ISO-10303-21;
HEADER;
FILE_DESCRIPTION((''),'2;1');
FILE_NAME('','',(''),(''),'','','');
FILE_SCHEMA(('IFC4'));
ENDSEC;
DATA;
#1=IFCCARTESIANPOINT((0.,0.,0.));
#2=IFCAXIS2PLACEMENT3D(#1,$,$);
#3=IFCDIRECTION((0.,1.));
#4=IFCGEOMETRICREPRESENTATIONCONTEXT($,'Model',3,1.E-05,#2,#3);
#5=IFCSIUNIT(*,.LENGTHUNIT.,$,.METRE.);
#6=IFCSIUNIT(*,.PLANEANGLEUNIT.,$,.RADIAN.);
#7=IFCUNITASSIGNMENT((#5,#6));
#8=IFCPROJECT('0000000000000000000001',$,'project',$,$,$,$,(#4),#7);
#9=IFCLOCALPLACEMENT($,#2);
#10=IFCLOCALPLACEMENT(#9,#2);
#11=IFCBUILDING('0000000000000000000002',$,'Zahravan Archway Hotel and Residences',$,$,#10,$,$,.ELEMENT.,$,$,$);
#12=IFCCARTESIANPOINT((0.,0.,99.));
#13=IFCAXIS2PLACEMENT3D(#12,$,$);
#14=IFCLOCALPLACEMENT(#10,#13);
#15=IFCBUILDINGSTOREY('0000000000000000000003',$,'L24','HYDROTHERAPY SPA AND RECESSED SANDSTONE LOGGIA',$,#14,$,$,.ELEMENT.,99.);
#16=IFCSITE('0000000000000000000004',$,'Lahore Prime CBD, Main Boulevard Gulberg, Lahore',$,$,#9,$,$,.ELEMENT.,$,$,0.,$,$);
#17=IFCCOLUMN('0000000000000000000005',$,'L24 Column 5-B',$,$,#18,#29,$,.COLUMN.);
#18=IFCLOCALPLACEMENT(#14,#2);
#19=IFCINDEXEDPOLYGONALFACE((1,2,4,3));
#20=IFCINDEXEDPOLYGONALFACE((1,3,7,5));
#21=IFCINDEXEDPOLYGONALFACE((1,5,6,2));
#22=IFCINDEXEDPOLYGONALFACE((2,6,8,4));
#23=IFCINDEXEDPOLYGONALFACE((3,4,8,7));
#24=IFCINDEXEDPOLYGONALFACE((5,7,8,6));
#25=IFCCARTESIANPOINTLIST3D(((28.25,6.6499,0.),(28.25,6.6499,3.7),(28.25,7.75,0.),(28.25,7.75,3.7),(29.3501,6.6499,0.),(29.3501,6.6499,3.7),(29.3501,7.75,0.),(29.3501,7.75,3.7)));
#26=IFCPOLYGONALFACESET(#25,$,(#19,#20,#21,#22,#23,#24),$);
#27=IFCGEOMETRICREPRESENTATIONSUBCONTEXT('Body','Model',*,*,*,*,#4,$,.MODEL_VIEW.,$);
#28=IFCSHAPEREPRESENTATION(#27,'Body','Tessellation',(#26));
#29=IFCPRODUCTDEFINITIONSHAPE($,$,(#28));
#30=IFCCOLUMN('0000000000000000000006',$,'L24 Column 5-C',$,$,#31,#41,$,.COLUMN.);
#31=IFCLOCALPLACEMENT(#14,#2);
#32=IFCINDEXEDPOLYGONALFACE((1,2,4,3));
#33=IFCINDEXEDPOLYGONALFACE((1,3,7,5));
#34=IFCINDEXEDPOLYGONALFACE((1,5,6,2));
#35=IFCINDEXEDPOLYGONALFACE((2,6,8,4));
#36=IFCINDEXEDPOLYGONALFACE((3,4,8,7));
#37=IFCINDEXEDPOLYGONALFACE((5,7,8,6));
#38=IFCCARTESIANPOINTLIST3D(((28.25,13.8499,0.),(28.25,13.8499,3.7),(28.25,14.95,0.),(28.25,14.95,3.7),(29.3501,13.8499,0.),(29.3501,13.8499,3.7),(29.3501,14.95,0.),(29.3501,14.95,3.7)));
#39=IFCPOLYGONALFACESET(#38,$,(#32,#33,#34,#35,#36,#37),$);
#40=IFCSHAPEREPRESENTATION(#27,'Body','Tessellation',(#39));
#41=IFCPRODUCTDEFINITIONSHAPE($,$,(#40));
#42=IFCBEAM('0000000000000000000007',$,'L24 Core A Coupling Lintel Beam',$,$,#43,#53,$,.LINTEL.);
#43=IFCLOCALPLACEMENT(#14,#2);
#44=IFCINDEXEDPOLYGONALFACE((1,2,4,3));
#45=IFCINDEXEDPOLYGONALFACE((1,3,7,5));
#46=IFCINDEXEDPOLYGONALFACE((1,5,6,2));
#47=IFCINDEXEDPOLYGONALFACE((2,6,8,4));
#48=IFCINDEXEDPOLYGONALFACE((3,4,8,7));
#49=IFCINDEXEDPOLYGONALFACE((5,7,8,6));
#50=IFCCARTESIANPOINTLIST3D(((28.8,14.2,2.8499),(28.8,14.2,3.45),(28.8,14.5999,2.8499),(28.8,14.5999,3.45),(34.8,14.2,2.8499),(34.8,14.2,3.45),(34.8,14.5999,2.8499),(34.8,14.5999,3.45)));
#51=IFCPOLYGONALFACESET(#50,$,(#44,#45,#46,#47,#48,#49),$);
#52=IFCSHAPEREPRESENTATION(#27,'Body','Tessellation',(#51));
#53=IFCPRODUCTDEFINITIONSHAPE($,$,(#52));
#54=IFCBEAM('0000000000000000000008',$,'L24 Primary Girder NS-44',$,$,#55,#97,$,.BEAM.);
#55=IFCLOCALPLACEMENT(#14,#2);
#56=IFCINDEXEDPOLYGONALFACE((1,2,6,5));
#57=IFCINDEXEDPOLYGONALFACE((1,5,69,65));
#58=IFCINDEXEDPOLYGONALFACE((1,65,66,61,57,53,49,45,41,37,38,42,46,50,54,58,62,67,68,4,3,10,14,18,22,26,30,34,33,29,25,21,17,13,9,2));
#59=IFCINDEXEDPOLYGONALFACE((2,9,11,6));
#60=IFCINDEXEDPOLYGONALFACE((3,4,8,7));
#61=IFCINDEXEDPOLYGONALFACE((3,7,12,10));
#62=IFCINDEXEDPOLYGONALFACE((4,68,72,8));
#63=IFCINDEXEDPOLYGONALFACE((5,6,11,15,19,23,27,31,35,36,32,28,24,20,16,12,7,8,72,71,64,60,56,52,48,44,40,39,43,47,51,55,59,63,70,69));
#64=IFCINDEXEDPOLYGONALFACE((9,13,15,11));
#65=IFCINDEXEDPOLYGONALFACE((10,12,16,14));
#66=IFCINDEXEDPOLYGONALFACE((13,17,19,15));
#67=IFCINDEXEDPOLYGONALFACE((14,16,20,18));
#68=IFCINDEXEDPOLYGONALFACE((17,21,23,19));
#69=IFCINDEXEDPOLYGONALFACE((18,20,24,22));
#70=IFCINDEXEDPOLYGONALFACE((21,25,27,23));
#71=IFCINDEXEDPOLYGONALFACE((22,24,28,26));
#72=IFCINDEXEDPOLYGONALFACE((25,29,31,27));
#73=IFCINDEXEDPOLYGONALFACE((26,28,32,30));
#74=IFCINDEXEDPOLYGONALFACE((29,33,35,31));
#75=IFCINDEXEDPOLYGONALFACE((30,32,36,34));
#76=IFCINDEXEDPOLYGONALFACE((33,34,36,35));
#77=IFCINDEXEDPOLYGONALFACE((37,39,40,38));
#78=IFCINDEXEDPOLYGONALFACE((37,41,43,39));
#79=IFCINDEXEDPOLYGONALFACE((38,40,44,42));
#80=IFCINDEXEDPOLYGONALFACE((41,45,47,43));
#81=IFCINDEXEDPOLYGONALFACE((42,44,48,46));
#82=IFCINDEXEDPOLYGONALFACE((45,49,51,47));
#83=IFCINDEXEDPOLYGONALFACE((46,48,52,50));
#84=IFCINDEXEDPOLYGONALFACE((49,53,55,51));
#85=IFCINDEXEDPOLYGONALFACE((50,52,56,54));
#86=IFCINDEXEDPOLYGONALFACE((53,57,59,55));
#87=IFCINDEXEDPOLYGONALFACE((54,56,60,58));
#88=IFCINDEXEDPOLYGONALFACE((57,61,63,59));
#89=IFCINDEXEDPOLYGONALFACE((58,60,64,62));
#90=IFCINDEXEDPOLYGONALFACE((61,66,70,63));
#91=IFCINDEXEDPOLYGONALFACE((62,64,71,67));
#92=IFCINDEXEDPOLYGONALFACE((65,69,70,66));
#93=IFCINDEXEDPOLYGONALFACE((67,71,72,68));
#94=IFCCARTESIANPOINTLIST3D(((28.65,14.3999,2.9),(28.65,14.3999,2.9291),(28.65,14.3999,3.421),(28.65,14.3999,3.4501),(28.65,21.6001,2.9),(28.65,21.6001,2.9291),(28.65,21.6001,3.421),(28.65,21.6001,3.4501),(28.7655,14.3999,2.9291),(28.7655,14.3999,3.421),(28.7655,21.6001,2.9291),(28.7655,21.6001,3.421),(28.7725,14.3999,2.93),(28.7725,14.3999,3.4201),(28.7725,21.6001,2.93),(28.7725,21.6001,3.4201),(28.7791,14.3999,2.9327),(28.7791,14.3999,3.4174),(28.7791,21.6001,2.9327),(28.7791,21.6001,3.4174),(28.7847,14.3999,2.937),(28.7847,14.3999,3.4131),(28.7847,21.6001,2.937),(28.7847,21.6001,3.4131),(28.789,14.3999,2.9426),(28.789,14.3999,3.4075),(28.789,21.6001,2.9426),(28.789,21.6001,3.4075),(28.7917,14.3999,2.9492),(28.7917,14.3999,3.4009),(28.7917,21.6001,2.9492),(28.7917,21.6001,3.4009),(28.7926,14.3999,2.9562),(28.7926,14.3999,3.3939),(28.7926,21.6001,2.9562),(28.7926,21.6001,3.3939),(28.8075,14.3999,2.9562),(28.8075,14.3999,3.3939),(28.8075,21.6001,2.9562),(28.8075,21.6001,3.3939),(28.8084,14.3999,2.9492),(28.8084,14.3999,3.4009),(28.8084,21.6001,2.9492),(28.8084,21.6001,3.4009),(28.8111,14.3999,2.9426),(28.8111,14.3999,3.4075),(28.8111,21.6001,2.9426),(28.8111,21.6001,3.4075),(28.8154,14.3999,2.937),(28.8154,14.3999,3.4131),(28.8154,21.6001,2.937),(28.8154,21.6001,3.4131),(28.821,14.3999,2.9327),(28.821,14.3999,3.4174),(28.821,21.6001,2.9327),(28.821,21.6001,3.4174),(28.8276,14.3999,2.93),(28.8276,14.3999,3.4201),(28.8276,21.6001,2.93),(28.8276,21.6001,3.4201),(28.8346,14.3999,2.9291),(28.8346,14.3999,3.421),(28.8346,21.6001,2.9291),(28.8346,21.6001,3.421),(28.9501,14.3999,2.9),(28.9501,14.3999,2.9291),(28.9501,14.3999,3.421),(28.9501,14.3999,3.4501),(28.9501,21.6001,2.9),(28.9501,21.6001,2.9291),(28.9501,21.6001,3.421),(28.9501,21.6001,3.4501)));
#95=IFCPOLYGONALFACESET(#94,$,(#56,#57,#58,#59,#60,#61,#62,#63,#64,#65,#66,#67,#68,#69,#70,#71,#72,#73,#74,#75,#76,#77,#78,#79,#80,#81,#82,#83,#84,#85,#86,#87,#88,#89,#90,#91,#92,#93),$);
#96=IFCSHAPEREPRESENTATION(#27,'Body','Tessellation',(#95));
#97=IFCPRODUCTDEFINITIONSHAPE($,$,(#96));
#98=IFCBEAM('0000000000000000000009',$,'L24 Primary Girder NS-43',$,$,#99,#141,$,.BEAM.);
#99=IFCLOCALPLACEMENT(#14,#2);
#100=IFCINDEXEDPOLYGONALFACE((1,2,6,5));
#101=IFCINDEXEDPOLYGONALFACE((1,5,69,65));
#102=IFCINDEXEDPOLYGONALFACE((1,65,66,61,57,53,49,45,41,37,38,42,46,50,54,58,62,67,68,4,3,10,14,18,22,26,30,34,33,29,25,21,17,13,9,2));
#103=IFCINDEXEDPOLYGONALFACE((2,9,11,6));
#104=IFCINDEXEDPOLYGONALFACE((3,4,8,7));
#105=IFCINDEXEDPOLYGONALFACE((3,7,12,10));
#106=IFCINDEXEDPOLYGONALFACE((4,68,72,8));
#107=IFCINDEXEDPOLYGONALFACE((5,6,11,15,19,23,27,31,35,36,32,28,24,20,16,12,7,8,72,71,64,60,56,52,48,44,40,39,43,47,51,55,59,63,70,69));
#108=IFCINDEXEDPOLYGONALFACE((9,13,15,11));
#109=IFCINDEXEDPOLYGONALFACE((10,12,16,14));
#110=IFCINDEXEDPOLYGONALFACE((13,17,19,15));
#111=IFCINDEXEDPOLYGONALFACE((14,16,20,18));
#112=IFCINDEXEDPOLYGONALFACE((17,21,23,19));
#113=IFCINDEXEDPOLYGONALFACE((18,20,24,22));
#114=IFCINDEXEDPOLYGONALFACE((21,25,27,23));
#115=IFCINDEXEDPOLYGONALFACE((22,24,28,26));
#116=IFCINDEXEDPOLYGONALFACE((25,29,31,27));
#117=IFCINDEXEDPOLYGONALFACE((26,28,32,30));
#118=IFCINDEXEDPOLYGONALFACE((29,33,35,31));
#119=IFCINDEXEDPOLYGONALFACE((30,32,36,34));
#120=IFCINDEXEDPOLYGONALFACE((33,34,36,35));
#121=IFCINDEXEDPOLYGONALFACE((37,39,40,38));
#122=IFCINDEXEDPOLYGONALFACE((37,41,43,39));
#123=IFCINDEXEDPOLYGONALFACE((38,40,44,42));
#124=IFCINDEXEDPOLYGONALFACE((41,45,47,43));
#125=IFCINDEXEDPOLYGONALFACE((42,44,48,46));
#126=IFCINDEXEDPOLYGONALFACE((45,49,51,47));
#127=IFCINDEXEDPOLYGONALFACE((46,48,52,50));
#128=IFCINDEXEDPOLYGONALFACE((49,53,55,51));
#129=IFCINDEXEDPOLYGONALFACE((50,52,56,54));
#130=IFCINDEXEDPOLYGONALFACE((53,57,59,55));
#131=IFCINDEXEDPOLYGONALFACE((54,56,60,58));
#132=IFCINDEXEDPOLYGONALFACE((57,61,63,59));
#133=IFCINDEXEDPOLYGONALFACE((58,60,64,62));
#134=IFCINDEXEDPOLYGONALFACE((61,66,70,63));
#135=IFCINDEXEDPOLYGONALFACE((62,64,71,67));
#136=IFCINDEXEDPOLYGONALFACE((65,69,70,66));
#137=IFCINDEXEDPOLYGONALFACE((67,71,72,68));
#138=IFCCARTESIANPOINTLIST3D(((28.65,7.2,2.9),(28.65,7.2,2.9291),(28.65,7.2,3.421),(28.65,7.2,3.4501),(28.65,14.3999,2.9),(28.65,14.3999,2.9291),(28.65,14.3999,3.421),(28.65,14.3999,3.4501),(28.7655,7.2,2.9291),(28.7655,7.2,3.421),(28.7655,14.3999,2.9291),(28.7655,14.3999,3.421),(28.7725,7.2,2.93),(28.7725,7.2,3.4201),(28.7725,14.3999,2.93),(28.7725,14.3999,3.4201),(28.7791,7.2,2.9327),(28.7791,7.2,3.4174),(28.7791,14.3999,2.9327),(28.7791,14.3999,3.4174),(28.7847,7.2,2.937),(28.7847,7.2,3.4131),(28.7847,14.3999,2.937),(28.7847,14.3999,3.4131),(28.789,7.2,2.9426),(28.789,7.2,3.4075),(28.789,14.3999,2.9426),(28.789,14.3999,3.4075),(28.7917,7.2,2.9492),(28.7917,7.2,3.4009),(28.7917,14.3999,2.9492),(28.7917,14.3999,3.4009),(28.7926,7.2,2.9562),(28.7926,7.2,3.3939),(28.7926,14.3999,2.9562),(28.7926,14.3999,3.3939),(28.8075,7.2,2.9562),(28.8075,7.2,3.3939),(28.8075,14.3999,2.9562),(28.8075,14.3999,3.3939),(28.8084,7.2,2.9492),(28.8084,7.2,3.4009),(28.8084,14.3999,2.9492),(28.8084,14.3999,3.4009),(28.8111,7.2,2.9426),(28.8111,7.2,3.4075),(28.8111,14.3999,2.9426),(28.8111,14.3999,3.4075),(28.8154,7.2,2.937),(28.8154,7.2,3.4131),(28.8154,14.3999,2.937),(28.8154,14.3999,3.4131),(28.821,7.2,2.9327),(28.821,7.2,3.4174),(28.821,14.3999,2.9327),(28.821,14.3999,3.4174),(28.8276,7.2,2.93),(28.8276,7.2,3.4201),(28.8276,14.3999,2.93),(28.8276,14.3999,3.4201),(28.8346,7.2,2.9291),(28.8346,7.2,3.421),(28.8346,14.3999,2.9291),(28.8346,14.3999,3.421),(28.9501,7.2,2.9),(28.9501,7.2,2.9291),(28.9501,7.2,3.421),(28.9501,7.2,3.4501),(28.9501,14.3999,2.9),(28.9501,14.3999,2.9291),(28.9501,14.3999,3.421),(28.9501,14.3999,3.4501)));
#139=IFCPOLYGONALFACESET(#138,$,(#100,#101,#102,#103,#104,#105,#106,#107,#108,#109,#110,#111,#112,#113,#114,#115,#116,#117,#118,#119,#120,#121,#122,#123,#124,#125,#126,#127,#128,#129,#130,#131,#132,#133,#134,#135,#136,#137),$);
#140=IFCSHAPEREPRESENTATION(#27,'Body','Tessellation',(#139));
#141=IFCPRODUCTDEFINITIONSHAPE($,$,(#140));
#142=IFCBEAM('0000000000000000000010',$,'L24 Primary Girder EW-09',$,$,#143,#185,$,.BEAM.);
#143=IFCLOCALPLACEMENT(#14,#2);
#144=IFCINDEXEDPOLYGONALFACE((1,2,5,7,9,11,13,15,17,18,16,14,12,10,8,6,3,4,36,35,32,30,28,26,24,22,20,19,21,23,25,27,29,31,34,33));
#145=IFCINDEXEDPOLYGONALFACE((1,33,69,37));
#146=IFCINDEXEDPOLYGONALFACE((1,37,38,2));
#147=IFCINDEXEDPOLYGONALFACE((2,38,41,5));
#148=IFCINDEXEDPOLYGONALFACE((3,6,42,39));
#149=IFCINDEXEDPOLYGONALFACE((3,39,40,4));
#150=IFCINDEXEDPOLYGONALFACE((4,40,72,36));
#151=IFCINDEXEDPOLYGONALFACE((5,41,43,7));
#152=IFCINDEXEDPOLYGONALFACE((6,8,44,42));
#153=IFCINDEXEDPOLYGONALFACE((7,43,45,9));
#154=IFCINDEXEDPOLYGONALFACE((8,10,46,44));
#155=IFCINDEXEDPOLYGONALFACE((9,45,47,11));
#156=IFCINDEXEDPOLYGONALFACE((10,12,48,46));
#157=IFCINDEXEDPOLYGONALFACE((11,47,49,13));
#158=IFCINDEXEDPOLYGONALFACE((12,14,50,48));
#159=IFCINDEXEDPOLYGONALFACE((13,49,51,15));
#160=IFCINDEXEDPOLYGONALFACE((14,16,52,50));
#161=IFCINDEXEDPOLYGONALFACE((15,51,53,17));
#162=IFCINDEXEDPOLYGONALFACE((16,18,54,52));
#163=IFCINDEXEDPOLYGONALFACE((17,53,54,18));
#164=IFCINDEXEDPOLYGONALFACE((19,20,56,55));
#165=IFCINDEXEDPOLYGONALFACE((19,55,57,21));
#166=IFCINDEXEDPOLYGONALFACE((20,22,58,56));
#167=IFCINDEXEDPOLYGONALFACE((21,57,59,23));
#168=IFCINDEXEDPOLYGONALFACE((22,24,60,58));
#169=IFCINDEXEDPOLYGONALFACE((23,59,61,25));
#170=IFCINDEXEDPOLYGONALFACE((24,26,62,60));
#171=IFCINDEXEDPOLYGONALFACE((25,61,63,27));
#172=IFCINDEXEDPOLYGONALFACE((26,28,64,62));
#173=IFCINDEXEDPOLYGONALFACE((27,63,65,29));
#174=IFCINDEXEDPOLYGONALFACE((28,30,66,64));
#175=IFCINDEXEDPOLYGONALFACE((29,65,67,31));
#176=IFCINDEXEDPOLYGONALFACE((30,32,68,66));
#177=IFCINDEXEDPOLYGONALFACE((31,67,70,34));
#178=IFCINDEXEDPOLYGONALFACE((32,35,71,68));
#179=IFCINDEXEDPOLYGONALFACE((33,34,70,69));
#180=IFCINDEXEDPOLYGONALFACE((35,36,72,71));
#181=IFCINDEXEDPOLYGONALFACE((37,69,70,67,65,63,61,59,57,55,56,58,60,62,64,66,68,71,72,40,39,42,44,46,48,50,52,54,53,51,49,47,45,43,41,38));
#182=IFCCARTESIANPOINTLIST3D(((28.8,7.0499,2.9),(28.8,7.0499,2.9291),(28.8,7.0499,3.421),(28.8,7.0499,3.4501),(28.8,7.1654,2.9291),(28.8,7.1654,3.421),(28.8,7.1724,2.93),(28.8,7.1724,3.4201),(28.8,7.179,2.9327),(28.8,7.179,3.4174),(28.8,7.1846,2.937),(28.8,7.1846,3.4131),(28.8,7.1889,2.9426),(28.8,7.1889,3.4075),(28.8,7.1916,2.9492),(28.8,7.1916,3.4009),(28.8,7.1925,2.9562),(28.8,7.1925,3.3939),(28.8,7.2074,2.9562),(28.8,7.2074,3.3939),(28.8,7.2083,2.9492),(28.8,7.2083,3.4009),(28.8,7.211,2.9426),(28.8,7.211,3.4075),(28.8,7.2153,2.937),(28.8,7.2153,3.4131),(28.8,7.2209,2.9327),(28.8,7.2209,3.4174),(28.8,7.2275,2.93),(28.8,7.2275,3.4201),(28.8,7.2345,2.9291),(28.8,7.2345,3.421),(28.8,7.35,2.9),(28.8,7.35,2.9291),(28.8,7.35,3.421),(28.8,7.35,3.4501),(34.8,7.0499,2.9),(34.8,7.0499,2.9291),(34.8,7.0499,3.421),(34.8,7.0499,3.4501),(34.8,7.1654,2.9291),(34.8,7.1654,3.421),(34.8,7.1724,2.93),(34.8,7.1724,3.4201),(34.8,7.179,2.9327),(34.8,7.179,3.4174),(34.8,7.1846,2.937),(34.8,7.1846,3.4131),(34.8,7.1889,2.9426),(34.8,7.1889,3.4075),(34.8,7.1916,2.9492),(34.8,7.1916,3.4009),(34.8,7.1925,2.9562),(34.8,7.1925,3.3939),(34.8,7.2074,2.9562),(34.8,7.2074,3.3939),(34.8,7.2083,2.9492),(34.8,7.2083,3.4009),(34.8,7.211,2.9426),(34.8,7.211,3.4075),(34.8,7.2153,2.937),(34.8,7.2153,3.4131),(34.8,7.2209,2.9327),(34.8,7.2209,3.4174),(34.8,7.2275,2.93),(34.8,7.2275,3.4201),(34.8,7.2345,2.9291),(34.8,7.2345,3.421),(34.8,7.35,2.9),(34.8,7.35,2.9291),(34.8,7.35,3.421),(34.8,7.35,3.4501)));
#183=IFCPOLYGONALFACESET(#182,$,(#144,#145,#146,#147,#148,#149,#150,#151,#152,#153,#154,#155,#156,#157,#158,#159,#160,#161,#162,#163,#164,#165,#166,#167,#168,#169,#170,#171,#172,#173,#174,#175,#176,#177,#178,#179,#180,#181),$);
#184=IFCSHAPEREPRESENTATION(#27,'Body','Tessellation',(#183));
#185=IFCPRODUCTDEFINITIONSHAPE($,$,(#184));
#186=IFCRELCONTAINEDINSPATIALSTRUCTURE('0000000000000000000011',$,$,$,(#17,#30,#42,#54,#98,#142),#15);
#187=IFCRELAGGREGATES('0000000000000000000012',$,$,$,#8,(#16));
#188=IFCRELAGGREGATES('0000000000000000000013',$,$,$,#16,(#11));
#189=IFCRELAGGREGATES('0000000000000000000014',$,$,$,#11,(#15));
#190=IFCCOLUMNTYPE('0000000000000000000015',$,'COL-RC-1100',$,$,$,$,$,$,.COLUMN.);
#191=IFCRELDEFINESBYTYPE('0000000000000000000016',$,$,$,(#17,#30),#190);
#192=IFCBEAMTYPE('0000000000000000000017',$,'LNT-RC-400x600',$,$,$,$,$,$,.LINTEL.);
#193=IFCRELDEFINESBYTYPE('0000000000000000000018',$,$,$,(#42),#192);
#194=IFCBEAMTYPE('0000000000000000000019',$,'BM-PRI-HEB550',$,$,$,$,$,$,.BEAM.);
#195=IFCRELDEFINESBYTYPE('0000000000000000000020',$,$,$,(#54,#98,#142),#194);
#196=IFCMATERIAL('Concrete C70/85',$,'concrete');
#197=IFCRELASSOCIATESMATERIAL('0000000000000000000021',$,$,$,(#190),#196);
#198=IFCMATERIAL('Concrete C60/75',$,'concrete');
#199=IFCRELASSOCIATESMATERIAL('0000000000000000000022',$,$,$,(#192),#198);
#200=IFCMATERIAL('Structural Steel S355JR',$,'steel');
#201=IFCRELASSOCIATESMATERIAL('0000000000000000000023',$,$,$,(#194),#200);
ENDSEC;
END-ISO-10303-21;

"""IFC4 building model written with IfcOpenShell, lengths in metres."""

from ifc_helpers import new_model, si_unit, direction, frame, origin, origin_2d, place, context, subcontext, project, spatial, rectangle, i_section, extrude, source, transform, mapped, material, material_profile, profile_set, type_object, type_shapes, element, save


model = new_model("IFC4")

# Units and contexts
model_context = context("Model", 3, precision=1e-05, world=origin(), true_north=direction((0.0, 1.0)))
body_context = subcontext(model_context, "Body", "Model", "MODEL_VIEW")
ifc_project = project(units=[si_unit("LENGTHUNIT", "METRE"), si_unit("PLANEANGLEUNIT", "RADIAN")], contexts=[model_context])

# Site, building, storey
site_placement = place(None, origin())
site = spatial("IfcSite", under=ifc_project, at=site_placement, Name="Lahore Prime CBD, Main Boulevard Gulberg, Lahore", CompositionType="ELEMENT", RefElevation=0.0)
building_placement = place(site_placement, origin())
building = spatial("IfcBuilding", under=site, at=building_placement, Name="Zahravan Archway Hotel and Residences", CompositionType="ELEMENT")
storey_placement = place(building_placement, frame((0.0, 0.0, 99.0)))
storey = spatial("IfcBuildingStorey", under=building, at=storey_placement, Name="L24", Description="HYDROTHERAPY SPA AND RECESSED SANDSTONE LOGGIA", CompositionType="ELEMENT", Elevation=99.0)

# Columns
ifc_material_1 = material(Name="Concrete C70/85", Category="concrete")
ifc_material_profile_1 = material_profile(ifc_material_1, rectangle(XDim=1.1001, YDim=1.1001, at=origin_2d()), Name="RC 1100x1100", Category="concrete")
ifc_profile_set_1 = profile_set([ifc_material_profile_1], Name="Concrete C70/85")
column_type = type_object("IfcColumnType", Name="COL-RC-1100", PredefinedType="COLUMN", material=ifc_profile_set_1)
shared_shape_1 = source(origin(), body_context, "Body", "SweptSolid", [
    extrude(rectangle(XDim=1.1001, YDim=1.1001, at=origin_2d()), origin(), (0.0, 0.0, 1.0), 3.7),
])
for number, where, z_axis, x_axis, name in (
    (1, (28.8, 7.2, 0.0), (0.0, 0.0, 1.0), (1.0, 0.0, 0.0), "L24 Column 5-B"),
    (2, (28.8, 14.3999, 0.0), (0.0, 0.0, 1.0), (1.0, 0.0, 0.0), "L24 Column 5-C"),
):
    element("IfcColumn", number, at=place(storey_placement, frame(where, z_axis=z_axis, x_axis=x_axis)), inside=storey, type_object=column_type, Name=name, PredefinedType="COLUMN", context=body_context, shape_type="MappedRepresentation", body=[
        mapped(shared_shape_1, transform((0.0, 0.0, 0.0), scale=1.0)),
    ])

# Beams
ifc_material_2 = material(Name="Concrete C60/75", Category="concrete")
ifc_material_profile_2 = material_profile(ifc_material_2, rectangle(XDim=0.3999, YDim=0.6001, at=origin_2d()), Name="RC-LNT-400x600", Category="concrete")
ifc_profile_set_2 = profile_set([ifc_material_profile_2], Name="Concrete C60/75")
beam_type_1 = type_object("IfcBeamType", Name="LNT-RC-400x600", PredefinedType="LINTEL", material=ifc_profile_set_2)
shared_shape_2 = source(origin(), body_context, "Body", "SweptSolid", [
    extrude(rectangle(XDim=0.3999, YDim=0.6001, at=origin_2d()), origin(), (0.0, 0.0, 1.0), 6.0),
])
type_shapes(beam_type_1, [shared_shape_2])
beam_1_placement = place(storey_placement, frame((28.8, 14.3999, 3.1499), z_axis=(1.0, 0.0, 0.0), x_axis=(0.0, 1.0, 0.0)))
element("IfcBeam", 3, at=beam_1_placement, inside=storey, type_object=beam_type_1, Name="L24 Core A Coupling Lintel Beam", PredefinedType="LINTEL", context=body_context, shape_type="MappedRepresentation", body=[
    mapped(shared_shape_2, transform((0.0, 0.0, 0.0), scale=1.0)),
])
ifc_material_3 = material(Name="Structural Steel S355JR", Category="steel")
ifc_material_profile_3 = material_profile(ifc_material_3, i_section(OverallWidth=0.3, OverallDepth=0.55, WebThickness=0.0149, FlangeThickness=0.0291, FilletRadius=0.0271, at=origin_2d()), Name="HEB 550", Category="steel")
ifc_profile_set_3 = profile_set([ifc_material_profile_3], Name="Structural Steel S355JR")
beam_type_2 = type_object("IfcBeamType", Name="BM-PRI-HEB550", PredefinedType="BEAM", material=ifc_profile_set_3)
shared_shape_3 = source(origin(), body_context, "Body", "SweptSolid", [
    extrude(i_section(OverallWidth=0.3, OverallDepth=0.55, WebThickness=0.0149, FlangeThickness=0.0291, FilletRadius=0.0271, at=origin_2d()), origin(), (0.0, 0.0, 1.0), 7.2002),
])
type_shapes(beam_type_2, [shared_shape_3])
beam_2_placement = place(storey_placement, frame((28.8, 14.3999, 3.175), z_axis=(0.0, 1.0, 0.0), x_axis=(-1.0, 0.0, 0.0)))
element("IfcBeam", 4, at=beam_2_placement, inside=storey, type_object=beam_type_2, Name="L24 Primary Girder NS-44", PredefinedType="BEAM", context=body_context, shape_type="MappedRepresentation", body=[
    mapped(shared_shape_3, transform((0.0, 0.0, 0.0), scale=1.0)),
])
shared_shape_4 = source(origin(), body_context, "Body", "SweptSolid", [
    extrude(i_section(OverallWidth=0.3, OverallDepth=0.55, WebThickness=0.0149, FlangeThickness=0.0291, FilletRadius=0.0271, at=origin_2d()), origin(), (0.0, 0.0, 1.0), 7.2),
])
beam_3_placement = place(storey_placement, frame((28.8, 7.2, 3.175), z_axis=(0.0, 1.0, 0.0), x_axis=(-1.0, 0.0, 0.0)))
element("IfcBeam", 5, at=beam_3_placement, inside=storey, type_object=beam_type_2, Name="L24 Primary Girder NS-43", PredefinedType="BEAM", context=body_context, shape_type="MappedRepresentation", body=[
    mapped(shared_shape_4, transform((0.0, 0.0, 0.0), scale=1.0)),
])
shared_shape_5 = source(origin(), body_context, "Body", "SweptSolid", [
    extrude(i_section(OverallWidth=0.3, OverallDepth=0.55, WebThickness=0.0149, FlangeThickness=0.0291, FilletRadius=0.0271, at=origin_2d()), origin(), (0.0, 0.0, 1.0), 6.0),
])
beam_4_placement = place(storey_placement, frame((28.8, 7.2, 3.175), z_axis=(1.0, 0.0, 0.0), x_axis=(0.0, 1.0, 0.0)))
element("IfcBeam", 6, at=beam_4_placement, inside=storey, type_object=beam_type_2, Name="L24 Primary Girder EW-09", PredefinedType="BEAM", context=body_context, shape_type="MappedRepresentation", body=[
    mapped(shared_shape_5, transform((0.0, 0.0, 0.0), scale=1.0)),
])

save(model, "model.ifc")
